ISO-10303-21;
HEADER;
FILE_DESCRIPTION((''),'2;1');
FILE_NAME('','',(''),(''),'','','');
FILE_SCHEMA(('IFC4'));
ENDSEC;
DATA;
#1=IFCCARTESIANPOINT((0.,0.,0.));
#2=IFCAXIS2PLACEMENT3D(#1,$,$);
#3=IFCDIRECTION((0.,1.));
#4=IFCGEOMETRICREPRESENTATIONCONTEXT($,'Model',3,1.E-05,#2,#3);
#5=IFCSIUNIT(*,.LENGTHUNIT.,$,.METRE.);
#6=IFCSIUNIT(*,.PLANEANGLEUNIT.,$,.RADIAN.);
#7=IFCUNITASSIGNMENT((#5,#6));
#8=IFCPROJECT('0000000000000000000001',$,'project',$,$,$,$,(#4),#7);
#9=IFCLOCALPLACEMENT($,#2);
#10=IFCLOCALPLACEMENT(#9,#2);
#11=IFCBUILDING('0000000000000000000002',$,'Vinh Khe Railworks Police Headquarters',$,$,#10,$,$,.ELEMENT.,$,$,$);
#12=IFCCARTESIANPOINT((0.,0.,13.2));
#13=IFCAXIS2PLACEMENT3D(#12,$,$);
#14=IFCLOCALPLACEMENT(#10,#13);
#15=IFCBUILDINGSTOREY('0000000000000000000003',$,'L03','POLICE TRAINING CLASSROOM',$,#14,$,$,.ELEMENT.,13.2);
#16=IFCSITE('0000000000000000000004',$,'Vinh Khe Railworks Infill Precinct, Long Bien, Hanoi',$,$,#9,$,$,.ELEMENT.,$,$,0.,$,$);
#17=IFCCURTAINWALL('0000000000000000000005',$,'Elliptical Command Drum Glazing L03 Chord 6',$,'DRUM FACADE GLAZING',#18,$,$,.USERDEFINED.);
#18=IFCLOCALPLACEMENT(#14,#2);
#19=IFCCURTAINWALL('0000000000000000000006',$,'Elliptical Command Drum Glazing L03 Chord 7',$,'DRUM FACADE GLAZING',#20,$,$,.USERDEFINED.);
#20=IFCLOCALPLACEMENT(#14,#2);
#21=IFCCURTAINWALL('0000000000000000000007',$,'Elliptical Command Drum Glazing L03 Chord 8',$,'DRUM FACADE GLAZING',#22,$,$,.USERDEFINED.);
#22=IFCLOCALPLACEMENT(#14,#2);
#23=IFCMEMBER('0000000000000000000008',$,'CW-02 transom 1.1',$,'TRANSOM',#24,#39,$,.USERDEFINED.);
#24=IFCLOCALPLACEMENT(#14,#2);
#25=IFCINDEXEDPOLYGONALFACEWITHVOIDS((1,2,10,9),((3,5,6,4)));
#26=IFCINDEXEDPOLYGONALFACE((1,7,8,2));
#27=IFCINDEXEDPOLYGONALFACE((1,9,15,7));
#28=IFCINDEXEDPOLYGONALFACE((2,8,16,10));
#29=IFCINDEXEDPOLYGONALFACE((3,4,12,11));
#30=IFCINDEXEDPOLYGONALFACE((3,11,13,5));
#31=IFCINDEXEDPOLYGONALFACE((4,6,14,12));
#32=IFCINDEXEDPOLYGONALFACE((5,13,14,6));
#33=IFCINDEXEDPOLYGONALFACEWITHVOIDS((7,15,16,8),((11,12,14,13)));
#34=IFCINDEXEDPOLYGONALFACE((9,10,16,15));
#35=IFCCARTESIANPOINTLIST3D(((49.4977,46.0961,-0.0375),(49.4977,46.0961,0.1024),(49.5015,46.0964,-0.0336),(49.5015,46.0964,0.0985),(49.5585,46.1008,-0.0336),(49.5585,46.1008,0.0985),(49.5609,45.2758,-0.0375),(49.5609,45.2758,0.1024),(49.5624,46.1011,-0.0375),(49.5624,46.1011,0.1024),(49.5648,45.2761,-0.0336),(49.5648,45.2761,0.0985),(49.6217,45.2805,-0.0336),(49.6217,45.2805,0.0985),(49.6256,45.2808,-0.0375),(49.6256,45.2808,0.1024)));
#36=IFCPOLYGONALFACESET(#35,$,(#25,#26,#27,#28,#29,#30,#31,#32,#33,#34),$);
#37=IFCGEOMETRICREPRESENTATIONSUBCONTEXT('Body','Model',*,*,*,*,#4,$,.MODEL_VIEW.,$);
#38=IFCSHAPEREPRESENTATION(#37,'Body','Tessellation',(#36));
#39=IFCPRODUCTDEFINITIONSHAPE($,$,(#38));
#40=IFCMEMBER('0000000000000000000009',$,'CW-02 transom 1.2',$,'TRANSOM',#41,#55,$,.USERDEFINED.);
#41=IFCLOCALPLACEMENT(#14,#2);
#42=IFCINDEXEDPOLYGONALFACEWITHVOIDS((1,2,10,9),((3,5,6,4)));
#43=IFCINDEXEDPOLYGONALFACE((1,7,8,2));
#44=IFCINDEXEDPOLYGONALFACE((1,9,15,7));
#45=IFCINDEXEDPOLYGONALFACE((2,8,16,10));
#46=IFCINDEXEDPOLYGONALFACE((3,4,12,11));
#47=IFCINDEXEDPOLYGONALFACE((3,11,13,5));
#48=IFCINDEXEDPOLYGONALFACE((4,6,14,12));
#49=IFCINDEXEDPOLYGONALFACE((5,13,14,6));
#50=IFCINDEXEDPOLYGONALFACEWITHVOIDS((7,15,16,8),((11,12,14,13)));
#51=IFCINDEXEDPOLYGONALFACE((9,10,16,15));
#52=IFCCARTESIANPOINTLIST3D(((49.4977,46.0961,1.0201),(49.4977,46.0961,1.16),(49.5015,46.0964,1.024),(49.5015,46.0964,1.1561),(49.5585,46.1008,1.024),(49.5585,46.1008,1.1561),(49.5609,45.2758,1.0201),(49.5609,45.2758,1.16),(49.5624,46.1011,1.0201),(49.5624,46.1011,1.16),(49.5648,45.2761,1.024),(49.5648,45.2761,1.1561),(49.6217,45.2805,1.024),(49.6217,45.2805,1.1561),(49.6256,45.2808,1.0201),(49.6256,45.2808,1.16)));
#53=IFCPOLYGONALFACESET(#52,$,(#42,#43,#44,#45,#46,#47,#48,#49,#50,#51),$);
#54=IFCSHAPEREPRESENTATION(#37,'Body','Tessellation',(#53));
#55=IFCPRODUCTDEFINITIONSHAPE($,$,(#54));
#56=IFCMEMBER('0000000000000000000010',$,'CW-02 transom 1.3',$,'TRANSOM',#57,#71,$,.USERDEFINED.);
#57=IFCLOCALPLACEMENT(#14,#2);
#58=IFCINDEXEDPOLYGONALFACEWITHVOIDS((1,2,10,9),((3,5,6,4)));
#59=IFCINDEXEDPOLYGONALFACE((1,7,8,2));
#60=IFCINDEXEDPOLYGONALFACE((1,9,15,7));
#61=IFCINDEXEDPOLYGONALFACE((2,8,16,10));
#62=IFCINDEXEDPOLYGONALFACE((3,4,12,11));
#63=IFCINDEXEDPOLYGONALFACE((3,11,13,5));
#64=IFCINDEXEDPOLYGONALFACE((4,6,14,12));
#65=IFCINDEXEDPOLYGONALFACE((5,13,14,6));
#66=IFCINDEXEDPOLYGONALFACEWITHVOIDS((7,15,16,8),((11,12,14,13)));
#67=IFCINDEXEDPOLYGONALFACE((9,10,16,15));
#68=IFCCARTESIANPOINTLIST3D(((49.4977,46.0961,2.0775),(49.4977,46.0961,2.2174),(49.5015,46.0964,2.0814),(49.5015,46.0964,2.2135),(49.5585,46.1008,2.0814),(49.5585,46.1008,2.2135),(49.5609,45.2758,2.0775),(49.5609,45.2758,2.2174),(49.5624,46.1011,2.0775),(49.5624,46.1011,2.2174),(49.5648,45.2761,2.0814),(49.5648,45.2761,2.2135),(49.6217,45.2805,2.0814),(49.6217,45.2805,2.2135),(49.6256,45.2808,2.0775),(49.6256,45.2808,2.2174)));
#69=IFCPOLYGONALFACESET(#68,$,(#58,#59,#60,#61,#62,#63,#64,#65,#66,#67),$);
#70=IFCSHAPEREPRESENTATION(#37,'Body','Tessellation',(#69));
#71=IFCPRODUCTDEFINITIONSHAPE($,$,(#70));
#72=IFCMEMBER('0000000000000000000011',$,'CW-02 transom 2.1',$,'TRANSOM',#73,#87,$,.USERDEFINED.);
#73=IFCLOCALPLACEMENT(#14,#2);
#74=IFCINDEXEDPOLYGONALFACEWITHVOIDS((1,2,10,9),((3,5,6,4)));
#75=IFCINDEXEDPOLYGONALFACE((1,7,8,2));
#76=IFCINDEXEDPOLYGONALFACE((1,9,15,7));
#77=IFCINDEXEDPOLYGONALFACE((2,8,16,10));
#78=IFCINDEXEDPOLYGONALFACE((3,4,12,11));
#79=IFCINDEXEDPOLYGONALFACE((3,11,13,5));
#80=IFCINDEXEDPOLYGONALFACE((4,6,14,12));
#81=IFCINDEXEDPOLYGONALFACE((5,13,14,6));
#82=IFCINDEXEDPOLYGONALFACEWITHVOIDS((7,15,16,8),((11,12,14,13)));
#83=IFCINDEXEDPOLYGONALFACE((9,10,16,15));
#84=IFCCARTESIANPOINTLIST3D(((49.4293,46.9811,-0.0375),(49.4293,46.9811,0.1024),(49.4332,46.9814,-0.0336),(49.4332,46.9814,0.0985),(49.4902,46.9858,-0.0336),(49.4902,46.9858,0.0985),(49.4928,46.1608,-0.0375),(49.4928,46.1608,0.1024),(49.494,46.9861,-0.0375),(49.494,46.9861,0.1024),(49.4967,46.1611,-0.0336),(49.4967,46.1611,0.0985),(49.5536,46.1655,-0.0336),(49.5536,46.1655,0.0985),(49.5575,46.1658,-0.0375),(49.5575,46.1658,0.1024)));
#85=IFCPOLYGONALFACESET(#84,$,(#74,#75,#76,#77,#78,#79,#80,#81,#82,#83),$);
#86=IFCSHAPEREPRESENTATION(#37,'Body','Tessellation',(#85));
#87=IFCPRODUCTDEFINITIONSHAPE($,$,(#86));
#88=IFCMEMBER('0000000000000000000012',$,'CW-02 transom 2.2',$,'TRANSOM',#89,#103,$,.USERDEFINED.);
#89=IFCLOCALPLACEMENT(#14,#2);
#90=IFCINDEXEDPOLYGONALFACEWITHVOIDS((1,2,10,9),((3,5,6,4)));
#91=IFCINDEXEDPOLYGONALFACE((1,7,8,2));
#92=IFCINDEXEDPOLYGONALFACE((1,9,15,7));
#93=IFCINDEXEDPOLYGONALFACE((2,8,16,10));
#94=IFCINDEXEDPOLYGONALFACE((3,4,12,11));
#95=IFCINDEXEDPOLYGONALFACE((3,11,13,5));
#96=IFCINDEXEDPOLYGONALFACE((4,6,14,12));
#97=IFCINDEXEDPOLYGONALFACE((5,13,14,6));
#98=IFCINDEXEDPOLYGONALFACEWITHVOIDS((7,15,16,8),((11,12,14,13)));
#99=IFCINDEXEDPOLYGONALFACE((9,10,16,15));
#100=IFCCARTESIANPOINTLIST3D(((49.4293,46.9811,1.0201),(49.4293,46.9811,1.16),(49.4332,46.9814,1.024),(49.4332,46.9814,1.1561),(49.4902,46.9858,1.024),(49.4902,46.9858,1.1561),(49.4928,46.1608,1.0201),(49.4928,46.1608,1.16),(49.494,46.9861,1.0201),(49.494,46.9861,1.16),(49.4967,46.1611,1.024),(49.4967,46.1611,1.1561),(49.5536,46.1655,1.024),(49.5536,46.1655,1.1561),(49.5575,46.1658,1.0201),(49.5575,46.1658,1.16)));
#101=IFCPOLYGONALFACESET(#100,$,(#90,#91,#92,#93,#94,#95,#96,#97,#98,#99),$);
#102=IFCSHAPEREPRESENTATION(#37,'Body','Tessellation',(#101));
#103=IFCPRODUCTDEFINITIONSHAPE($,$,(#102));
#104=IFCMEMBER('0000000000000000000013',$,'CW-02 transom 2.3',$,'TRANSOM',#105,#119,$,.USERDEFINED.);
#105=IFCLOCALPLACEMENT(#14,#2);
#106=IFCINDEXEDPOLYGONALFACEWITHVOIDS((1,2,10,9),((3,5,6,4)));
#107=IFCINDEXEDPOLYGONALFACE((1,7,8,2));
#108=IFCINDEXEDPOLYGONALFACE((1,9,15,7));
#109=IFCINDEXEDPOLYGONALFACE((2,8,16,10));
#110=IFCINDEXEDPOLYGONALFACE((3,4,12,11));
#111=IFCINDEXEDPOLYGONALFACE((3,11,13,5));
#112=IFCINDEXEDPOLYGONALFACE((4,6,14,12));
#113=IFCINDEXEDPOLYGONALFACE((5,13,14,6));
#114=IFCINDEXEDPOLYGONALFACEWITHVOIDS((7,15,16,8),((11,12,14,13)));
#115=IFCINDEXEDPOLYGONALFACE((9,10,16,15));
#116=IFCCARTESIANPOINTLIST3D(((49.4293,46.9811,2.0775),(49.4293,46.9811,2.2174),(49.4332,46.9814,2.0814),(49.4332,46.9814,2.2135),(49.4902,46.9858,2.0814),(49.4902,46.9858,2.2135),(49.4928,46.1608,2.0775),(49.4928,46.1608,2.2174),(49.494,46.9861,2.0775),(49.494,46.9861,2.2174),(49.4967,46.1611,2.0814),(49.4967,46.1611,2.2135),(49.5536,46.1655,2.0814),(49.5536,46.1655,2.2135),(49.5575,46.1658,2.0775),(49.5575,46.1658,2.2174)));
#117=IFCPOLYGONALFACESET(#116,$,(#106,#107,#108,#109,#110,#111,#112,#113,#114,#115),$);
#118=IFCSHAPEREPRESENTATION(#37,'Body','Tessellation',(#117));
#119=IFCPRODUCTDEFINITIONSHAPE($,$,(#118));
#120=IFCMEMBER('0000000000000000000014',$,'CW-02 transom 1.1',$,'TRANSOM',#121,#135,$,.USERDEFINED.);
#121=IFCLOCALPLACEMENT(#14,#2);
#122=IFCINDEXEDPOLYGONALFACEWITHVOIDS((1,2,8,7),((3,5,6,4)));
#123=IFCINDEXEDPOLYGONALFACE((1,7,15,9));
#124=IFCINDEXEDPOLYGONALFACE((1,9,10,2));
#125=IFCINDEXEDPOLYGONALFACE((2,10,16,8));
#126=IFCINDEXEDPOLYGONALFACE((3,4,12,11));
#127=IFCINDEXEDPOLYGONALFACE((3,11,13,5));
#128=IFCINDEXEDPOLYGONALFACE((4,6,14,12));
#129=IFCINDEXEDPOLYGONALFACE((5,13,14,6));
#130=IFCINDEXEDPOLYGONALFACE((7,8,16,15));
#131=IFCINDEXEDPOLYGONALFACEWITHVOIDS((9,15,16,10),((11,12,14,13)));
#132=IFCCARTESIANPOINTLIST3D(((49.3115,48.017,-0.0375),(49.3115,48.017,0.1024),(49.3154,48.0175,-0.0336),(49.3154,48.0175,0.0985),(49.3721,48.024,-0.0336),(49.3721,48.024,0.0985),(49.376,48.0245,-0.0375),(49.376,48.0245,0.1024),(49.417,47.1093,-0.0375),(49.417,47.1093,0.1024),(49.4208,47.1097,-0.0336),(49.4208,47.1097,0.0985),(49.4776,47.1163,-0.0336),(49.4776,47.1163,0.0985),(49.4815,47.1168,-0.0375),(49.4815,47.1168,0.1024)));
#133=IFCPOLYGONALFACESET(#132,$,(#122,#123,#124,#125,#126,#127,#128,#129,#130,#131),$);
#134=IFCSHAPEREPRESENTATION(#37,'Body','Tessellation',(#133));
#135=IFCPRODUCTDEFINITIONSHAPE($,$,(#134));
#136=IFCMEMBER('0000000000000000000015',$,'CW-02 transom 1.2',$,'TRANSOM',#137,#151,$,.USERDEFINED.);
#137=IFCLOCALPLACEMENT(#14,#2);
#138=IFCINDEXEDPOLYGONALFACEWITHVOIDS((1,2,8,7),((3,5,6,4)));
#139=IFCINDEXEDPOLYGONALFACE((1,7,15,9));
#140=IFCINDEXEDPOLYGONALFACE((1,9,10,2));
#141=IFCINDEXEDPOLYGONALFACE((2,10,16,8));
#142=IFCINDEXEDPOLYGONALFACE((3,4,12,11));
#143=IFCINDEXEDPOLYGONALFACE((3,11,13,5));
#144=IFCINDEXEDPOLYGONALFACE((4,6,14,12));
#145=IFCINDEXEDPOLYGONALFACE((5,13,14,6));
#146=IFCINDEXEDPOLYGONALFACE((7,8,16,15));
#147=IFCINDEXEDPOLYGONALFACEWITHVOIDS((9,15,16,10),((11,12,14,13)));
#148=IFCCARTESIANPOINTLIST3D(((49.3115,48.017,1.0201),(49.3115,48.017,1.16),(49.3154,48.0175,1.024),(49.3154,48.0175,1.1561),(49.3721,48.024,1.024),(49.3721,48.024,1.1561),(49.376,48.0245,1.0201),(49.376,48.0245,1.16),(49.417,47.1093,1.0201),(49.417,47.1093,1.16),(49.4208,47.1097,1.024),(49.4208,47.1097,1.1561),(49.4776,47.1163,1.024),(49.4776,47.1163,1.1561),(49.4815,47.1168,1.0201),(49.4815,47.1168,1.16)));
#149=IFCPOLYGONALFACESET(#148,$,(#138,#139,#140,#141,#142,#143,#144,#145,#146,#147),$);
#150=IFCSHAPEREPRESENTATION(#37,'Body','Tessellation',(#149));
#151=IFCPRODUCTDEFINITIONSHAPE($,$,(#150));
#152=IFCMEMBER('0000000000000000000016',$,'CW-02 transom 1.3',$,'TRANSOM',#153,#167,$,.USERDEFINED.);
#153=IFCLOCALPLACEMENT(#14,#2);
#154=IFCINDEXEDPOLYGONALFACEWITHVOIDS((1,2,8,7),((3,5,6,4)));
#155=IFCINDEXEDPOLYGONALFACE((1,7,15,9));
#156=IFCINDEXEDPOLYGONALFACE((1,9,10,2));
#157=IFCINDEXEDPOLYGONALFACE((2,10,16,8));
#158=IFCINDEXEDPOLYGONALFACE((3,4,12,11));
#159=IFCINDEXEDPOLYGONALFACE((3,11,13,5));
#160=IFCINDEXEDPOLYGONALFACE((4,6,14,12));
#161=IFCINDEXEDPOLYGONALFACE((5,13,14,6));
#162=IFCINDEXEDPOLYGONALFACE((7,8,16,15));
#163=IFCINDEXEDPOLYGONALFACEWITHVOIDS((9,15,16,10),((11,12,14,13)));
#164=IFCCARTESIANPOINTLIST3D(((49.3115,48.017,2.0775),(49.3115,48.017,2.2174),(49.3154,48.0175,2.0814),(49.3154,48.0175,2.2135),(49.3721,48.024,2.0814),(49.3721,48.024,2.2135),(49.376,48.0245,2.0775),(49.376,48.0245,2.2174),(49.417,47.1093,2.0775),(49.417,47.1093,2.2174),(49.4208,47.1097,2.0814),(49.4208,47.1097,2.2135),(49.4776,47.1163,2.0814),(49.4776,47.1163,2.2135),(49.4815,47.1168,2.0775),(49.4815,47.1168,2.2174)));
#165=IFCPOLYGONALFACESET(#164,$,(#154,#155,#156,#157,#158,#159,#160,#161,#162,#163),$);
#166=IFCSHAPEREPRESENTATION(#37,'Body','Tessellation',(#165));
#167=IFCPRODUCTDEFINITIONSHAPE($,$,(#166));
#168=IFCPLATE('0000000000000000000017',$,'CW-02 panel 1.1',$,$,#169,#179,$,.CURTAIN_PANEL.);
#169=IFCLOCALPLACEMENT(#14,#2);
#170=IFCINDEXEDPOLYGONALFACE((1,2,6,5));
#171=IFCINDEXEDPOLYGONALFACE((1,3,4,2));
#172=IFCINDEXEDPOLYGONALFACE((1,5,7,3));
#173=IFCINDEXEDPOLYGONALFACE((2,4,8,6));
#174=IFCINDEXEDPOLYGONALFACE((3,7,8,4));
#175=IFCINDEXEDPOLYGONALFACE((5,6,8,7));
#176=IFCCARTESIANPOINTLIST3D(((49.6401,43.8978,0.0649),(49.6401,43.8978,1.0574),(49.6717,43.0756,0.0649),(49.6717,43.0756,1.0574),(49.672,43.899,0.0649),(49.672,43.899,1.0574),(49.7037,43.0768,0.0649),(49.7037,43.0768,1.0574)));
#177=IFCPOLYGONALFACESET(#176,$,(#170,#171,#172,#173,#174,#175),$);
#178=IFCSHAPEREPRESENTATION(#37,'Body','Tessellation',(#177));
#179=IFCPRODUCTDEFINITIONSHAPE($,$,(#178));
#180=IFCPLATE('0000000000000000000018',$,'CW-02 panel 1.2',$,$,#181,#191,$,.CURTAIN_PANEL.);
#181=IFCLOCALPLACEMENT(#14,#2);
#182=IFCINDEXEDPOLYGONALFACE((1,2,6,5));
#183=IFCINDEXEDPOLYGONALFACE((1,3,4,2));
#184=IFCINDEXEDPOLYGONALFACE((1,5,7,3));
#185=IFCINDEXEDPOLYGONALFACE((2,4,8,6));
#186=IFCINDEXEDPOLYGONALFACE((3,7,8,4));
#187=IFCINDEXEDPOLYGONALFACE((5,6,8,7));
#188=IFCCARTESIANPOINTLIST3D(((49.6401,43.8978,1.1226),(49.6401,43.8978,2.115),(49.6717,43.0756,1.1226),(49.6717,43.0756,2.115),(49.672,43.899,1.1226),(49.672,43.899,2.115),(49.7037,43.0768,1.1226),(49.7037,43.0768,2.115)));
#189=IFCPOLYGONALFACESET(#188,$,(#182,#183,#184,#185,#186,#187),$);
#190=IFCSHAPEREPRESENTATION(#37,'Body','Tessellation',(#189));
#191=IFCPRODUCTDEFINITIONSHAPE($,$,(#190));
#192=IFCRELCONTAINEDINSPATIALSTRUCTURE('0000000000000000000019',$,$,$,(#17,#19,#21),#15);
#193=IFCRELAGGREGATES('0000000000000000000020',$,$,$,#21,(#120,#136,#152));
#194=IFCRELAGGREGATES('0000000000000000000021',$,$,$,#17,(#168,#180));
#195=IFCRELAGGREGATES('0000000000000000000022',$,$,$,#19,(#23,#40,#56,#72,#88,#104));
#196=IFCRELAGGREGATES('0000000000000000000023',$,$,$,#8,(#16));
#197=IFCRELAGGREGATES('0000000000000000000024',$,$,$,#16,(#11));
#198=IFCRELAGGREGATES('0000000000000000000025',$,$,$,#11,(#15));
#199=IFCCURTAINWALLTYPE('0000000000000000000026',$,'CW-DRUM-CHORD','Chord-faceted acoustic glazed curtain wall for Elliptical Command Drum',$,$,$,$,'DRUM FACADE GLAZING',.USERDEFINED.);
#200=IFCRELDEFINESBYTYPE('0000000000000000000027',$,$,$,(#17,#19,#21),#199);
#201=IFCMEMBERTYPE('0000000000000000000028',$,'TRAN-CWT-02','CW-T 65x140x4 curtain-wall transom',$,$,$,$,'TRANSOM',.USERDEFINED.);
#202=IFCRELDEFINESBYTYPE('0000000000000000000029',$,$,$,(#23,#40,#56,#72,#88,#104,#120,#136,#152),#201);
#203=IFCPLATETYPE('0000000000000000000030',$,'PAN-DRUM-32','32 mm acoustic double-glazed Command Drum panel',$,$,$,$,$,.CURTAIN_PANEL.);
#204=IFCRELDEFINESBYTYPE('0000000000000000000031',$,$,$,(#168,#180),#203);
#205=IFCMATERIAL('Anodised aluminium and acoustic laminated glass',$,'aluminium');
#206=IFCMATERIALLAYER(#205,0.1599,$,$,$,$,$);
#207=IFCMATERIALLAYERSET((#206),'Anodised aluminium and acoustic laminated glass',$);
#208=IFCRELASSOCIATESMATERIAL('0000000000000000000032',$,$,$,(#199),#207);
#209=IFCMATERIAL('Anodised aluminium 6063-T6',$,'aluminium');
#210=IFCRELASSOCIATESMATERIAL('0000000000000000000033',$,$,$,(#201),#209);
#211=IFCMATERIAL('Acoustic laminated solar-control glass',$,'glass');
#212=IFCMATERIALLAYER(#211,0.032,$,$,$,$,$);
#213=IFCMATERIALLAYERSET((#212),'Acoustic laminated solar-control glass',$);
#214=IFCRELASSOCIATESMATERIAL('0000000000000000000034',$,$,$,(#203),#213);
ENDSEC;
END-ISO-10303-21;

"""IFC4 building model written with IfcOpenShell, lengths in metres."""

from ifc_helpers import new_model, si_unit, direction, frame, origin, origin_2d, place, context, subcontext, project, spatial, rectangle, hollow_rectangle, extrude, material, layer, layer_set, material_profile, profile_set, type_object, element, aggregate, save


model = new_model("IFC4")

# Units and contexts
model_context = context("Model", 3, precision=1e-05, world=origin(), true_north=direction((0.0, 1.0)))
body_context = subcontext(model_context, "Body", "Model", "MODEL_VIEW")
ifc_project = project(units=[si_unit("LENGTHUNIT", "METRE"), si_unit("PLANEANGLEUNIT", "RADIAN")], contexts=[model_context])

# Site, building, storey
site_placement = place(None, origin())
site = spatial("IfcSite", under=ifc_project, at=site_placement, Name="Vinh Khe Railworks Infill Precinct, Long Bien, Hanoi", CompositionType="ELEMENT", RefElevation=0.0)
building_placement = place(site_placement, origin())
building = spatial("IfcBuilding", under=site, at=building_placement, Name="Vinh Khe Railworks Police Headquarters", CompositionType="ELEMENT")
storey_placement = place(building_placement, frame((0.0, 0.0, 13.2)))
storey = spatial("IfcBuildingStorey", under=building, at=storey_placement, Name="L03", Description="POLICE TRAINING CLASSROOM", CompositionType="ELEMENT", Elevation=13.2)

# Curtain walls
ifc_material_1 = material(Name="Anodised aluminium and acoustic laminated glass", Category="aluminium")
ifc_layer_1 = layer(ifc_material_1, 0.1599)
ifc_layer_set_1 = layer_set([ifc_layer_1], Name="Anodised aluminium and acoustic laminated glass")
curtain_wall_type = type_object("IfcCurtainWallType", Name="CW-DRUM-CHORD", Description="Chord-faceted acoustic glazed curtain wall for Elliptical Command Drum", ElementType="DRUM FACADE GLAZING", PredefinedType="USERDEFINED", material=ifc_layer_set_1)
curtain_wall_1_placement = place(storey_placement, origin())
curtain_wall_1 = element("IfcCurtainWall", 1, at=curtain_wall_1_placement, inside=storey, type_object=curtain_wall_type, Name="Elliptical Command Drum Glazing L03 Chord 6", ObjectType="DRUM FACADE GLAZING", PredefinedType="USERDEFINED")
ifc_material_2 = material(Name="Anodised aluminium 6063-T6", Category="aluminium")
curtain_wall_2_placement = place(storey_placement, origin())
curtain_wall_2 = element("IfcCurtainWall", 2, at=curtain_wall_2_placement, inside=storey, type_object=curtain_wall_type, Name="Elliptical Command Drum Glazing L03 Chord 7", ObjectType="DRUM FACADE GLAZING", PredefinedType="USERDEFINED")

# Curtain wall
curtain_wall_3_placement = place(storey_placement, origin())
curtain_wall_3 = element("IfcCurtainWall", 3, at=curtain_wall_3_placement, inside=storey, type_object=curtain_wall_type, Name="Elliptical Command Drum Glazing L03 Chord 8", ObjectType="DRUM FACADE GLAZING", PredefinedType="USERDEFINED")

# Members
ifc_material_profile_1 = material_profile(ifc_material_2, hollow_rectangle(XDim=0.0649, YDim=0.1399, WallThickness=0.0039, at=origin_2d()), Name="CW-T 65x140x4")
ifc_profile_set_1 = profile_set([ifc_material_profile_1], Name="Anodised aluminium 6063-T6")
member_type_1 = type_object("IfcMemberType", Name="TRAN-CWT-02", Description="CW-T 65x140x4 curtain-wall transom", ElementType="TRANSOM", PredefinedType="USERDEFINED", material=ifc_profile_set_1)
member_1_placement = place(storey_placement, frame((49.5933, 45.2783, 0.0325), z_axis=(-0.076855, 0.997042, 0.0), x_axis=(-0.997042, -0.076855, 0.0)))
member_1 = element("IfcMember", 4, at=member_1_placement, type_object=member_type_1, Name="CW-02 transom 1.1", ObjectType="TRANSOM", PredefinedType="USERDEFINED", context=body_context, shape_type="SweptSolid", body=[
    extrude(hollow_rectangle(XDim=0.0649, YDim=0.1399, WallThickness=0.0039, at=origin_2d()), origin(), (0.0, 0.0, 1.0), 0.8228),
])
member_2_placement = place(storey_placement, frame((49.5933, 45.2783, 1.0901), z_axis=(-0.076855, 0.997042, 0.0), x_axis=(-0.997042, -0.076855, 0.0)))
member_2 = element("IfcMember", 5, at=member_2_placement, type_object=member_type_1, Name="CW-02 transom 1.2", ObjectType="TRANSOM", PredefinedType="USERDEFINED", context=body_context, shape_type="SweptSolid", body=[
    extrude(hollow_rectangle(XDim=0.0649, YDim=0.1399, WallThickness=0.0039, at=origin_2d()), origin(), (0.0, 0.0, 1.0), 0.8228),
])
member_3_placement = place(storey_placement, frame((49.5933, 45.2783, 2.1475), z_axis=(-0.076855, 0.997042, 0.0), x_axis=(-0.997042, -0.076855, 0.0)))
member_3 = element("IfcMember", 6, at=member_3_placement, type_object=member_type_1, Name="CW-02 transom 1.3", ObjectType="TRANSOM", PredefinedType="USERDEFINED", context=body_context, shape_type="SweptSolid", body=[
    extrude(hollow_rectangle(XDim=0.0649, YDim=0.1399, WallThickness=0.0039, at=origin_2d()), origin(), (0.0, 0.0, 1.0), 0.8228),
])
member_4_placement = place(storey_placement, frame((49.5251, 46.1633, 0.0325), z_axis=(-0.07715, 0.997019, 0.0), x_axis=(-0.997019, -0.07715, 0.0)))
member_4 = element("IfcMember", 7, at=member_4_placement, type_object=member_type_1, Name="CW-02 transom 2.1", ObjectType="TRANSOM", PredefinedType="USERDEFINED", context=body_context, shape_type="SweptSolid", body=[
    extrude(hollow_rectangle(XDim=0.0649, YDim=0.1399, WallThickness=0.0039, at=origin_2d()), origin(), (0.0, 0.0, 1.0), 0.8228),
])
member_5_placement = place(storey_placement, frame((49.5251, 46.1633, 1.0901), z_axis=(-0.07715, 0.997019, 0.0), x_axis=(-0.997019, -0.07715, 0.0)))
member_5 = element("IfcMember", 8, at=member_5_placement, type_object=member_type_1, Name="CW-02 transom 2.2", ObjectType="TRANSOM", PredefinedType="USERDEFINED", context=body_context, shape_type="SweptSolid", body=[
    extrude(hollow_rectangle(XDim=0.0649, YDim=0.1399, WallThickness=0.0039, at=origin_2d()), origin(), (0.0, 0.0, 1.0), 0.8228),
])
member_6_placement = place(storey_placement, frame((49.5251, 46.1633, 2.1475), z_axis=(-0.07715, 0.997019, 0.0), x_axis=(-0.997019, -0.07715, 0.0)))
member_6 = element("IfcMember", 9, at=member_6_placement, type_object=member_type_1, Name="CW-02 transom 2.3", ObjectType="TRANSOM", PredefinedType="USERDEFINED", context=body_context, shape_type="SweptSolid", body=[
    extrude(hollow_rectangle(XDim=0.0649, YDim=0.1399, WallThickness=0.0039, at=origin_2d()), origin(), (0.0, 0.0, 1.0), 0.8228),
])
member_7_placement = place(storey_placement, frame((49.4492, 47.113, 0.0325), z_axis=(-0.115415, 0.993317, 0.0), x_axis=(-0.993317, -0.115415, 0.0)))
member_7 = element("IfcMember", 10, at=member_7_placement, type_object=member_type_1, Name="CW-02 transom 1.1", ObjectType="TRANSOM", PredefinedType="USERDEFINED", context=body_context, shape_type="SweptSolid", body=[
    extrude(hollow_rectangle(XDim=0.0649, YDim=0.1399, WallThickness=0.0039, at=origin_2d()), origin(), (0.0, 0.0, 1.0), 0.9138),
])
member_8_placement = place(storey_placement, frame((49.4492, 47.113, 1.0901), z_axis=(-0.115415, 0.993317, 0.0), x_axis=(-0.993317, -0.115415, 0.0)))
member_8 = element("IfcMember", 11, at=member_8_placement, type_object=member_type_1, Name="CW-02 transom 1.2", ObjectType="TRANSOM", PredefinedType="USERDEFINED", context=body_context, shape_type="SweptSolid", body=[
    extrude(hollow_rectangle(XDim=0.0649, YDim=0.1399, WallThickness=0.0039, at=origin_2d()), origin(), (0.0, 0.0, 1.0), 0.9138),
])
member_9_placement = place(storey_placement, frame((49.4492, 47.113, 2.1475), z_axis=(-0.115415, 0.993317, 0.0), x_axis=(-0.993317, -0.115415, 0.0)))
member_9 = element("IfcMember", 12, at=member_9_placement, type_object=member_type_1, Name="CW-02 transom 1.3", ObjectType="TRANSOM", PredefinedType="USERDEFINED", context=body_context, shape_type="SweptSolid", body=[
    extrude(hollow_rectangle(XDim=0.0649, YDim=0.1399, WallThickness=0.0039, at=origin_2d()), origin(), (0.0, 0.0, 1.0), 0.9138),
])
aggregate(curtain_wall_3, [member_7, member_8, member_9])

# Plates
ifc_material_3 = material(Name="Acoustic laminated solar-control glass", Category="glass")
ifc_layer_2 = layer(ifc_material_3, 0.032)
ifc_layer_set_2 = layer_set([ifc_layer_2], Name="Acoustic laminated solar-control glass")
plate_type_1 = type_object("IfcPlateType", Name="PAN-DRUM-32", Description="32 mm acoustic double-glazed Command Drum panel", PredefinedType="CURTAIN_PANEL", material=ifc_layer_set_2)
plate_1_placement = place(storey_placement, frame((49.6719, 43.4873, 0.0649), z_axis=(0.0, 0.0, 1.0), x_axis=(-0.038513, 0.999258, 0.0)))
plate_1 = element("IfcPlate", 13, at=plate_1_placement, type_object=plate_type_1, Name="CW-02 panel 1.1", PredefinedType="CURTAIN_PANEL", context=body_context, shape_type="SweptSolid", body=[
    extrude(rectangle(XDim=0.8228, YDim=0.032, at=origin_2d()), origin(), (0.0, 0.0, 1.0), 0.9924),
])
plate_2_placement = place(storey_placement, frame((49.6719, 43.4873, 1.1226), z_axis=(0.0, 0.0, 1.0), x_axis=(-0.038513, 0.999258, 0.0)))
plate_2 = element("IfcPlate", 14, at=plate_2_placement, type_object=plate_type_1, Name="CW-02 panel 1.2", PredefinedType="CURTAIN_PANEL", context=body_context, shape_type="SweptSolid", body=[
    extrude(rectangle(XDim=0.8228, YDim=0.032, at=origin_2d()), origin(), (0.0, 0.0, 1.0), 0.9924),
])
aggregate(curtain_wall_1, [plate_1, plate_2])
aggregate(curtain_wall_2, [member_1, member_2, member_3, member_4, member_5, member_6])

save(model, "model.ifc")
